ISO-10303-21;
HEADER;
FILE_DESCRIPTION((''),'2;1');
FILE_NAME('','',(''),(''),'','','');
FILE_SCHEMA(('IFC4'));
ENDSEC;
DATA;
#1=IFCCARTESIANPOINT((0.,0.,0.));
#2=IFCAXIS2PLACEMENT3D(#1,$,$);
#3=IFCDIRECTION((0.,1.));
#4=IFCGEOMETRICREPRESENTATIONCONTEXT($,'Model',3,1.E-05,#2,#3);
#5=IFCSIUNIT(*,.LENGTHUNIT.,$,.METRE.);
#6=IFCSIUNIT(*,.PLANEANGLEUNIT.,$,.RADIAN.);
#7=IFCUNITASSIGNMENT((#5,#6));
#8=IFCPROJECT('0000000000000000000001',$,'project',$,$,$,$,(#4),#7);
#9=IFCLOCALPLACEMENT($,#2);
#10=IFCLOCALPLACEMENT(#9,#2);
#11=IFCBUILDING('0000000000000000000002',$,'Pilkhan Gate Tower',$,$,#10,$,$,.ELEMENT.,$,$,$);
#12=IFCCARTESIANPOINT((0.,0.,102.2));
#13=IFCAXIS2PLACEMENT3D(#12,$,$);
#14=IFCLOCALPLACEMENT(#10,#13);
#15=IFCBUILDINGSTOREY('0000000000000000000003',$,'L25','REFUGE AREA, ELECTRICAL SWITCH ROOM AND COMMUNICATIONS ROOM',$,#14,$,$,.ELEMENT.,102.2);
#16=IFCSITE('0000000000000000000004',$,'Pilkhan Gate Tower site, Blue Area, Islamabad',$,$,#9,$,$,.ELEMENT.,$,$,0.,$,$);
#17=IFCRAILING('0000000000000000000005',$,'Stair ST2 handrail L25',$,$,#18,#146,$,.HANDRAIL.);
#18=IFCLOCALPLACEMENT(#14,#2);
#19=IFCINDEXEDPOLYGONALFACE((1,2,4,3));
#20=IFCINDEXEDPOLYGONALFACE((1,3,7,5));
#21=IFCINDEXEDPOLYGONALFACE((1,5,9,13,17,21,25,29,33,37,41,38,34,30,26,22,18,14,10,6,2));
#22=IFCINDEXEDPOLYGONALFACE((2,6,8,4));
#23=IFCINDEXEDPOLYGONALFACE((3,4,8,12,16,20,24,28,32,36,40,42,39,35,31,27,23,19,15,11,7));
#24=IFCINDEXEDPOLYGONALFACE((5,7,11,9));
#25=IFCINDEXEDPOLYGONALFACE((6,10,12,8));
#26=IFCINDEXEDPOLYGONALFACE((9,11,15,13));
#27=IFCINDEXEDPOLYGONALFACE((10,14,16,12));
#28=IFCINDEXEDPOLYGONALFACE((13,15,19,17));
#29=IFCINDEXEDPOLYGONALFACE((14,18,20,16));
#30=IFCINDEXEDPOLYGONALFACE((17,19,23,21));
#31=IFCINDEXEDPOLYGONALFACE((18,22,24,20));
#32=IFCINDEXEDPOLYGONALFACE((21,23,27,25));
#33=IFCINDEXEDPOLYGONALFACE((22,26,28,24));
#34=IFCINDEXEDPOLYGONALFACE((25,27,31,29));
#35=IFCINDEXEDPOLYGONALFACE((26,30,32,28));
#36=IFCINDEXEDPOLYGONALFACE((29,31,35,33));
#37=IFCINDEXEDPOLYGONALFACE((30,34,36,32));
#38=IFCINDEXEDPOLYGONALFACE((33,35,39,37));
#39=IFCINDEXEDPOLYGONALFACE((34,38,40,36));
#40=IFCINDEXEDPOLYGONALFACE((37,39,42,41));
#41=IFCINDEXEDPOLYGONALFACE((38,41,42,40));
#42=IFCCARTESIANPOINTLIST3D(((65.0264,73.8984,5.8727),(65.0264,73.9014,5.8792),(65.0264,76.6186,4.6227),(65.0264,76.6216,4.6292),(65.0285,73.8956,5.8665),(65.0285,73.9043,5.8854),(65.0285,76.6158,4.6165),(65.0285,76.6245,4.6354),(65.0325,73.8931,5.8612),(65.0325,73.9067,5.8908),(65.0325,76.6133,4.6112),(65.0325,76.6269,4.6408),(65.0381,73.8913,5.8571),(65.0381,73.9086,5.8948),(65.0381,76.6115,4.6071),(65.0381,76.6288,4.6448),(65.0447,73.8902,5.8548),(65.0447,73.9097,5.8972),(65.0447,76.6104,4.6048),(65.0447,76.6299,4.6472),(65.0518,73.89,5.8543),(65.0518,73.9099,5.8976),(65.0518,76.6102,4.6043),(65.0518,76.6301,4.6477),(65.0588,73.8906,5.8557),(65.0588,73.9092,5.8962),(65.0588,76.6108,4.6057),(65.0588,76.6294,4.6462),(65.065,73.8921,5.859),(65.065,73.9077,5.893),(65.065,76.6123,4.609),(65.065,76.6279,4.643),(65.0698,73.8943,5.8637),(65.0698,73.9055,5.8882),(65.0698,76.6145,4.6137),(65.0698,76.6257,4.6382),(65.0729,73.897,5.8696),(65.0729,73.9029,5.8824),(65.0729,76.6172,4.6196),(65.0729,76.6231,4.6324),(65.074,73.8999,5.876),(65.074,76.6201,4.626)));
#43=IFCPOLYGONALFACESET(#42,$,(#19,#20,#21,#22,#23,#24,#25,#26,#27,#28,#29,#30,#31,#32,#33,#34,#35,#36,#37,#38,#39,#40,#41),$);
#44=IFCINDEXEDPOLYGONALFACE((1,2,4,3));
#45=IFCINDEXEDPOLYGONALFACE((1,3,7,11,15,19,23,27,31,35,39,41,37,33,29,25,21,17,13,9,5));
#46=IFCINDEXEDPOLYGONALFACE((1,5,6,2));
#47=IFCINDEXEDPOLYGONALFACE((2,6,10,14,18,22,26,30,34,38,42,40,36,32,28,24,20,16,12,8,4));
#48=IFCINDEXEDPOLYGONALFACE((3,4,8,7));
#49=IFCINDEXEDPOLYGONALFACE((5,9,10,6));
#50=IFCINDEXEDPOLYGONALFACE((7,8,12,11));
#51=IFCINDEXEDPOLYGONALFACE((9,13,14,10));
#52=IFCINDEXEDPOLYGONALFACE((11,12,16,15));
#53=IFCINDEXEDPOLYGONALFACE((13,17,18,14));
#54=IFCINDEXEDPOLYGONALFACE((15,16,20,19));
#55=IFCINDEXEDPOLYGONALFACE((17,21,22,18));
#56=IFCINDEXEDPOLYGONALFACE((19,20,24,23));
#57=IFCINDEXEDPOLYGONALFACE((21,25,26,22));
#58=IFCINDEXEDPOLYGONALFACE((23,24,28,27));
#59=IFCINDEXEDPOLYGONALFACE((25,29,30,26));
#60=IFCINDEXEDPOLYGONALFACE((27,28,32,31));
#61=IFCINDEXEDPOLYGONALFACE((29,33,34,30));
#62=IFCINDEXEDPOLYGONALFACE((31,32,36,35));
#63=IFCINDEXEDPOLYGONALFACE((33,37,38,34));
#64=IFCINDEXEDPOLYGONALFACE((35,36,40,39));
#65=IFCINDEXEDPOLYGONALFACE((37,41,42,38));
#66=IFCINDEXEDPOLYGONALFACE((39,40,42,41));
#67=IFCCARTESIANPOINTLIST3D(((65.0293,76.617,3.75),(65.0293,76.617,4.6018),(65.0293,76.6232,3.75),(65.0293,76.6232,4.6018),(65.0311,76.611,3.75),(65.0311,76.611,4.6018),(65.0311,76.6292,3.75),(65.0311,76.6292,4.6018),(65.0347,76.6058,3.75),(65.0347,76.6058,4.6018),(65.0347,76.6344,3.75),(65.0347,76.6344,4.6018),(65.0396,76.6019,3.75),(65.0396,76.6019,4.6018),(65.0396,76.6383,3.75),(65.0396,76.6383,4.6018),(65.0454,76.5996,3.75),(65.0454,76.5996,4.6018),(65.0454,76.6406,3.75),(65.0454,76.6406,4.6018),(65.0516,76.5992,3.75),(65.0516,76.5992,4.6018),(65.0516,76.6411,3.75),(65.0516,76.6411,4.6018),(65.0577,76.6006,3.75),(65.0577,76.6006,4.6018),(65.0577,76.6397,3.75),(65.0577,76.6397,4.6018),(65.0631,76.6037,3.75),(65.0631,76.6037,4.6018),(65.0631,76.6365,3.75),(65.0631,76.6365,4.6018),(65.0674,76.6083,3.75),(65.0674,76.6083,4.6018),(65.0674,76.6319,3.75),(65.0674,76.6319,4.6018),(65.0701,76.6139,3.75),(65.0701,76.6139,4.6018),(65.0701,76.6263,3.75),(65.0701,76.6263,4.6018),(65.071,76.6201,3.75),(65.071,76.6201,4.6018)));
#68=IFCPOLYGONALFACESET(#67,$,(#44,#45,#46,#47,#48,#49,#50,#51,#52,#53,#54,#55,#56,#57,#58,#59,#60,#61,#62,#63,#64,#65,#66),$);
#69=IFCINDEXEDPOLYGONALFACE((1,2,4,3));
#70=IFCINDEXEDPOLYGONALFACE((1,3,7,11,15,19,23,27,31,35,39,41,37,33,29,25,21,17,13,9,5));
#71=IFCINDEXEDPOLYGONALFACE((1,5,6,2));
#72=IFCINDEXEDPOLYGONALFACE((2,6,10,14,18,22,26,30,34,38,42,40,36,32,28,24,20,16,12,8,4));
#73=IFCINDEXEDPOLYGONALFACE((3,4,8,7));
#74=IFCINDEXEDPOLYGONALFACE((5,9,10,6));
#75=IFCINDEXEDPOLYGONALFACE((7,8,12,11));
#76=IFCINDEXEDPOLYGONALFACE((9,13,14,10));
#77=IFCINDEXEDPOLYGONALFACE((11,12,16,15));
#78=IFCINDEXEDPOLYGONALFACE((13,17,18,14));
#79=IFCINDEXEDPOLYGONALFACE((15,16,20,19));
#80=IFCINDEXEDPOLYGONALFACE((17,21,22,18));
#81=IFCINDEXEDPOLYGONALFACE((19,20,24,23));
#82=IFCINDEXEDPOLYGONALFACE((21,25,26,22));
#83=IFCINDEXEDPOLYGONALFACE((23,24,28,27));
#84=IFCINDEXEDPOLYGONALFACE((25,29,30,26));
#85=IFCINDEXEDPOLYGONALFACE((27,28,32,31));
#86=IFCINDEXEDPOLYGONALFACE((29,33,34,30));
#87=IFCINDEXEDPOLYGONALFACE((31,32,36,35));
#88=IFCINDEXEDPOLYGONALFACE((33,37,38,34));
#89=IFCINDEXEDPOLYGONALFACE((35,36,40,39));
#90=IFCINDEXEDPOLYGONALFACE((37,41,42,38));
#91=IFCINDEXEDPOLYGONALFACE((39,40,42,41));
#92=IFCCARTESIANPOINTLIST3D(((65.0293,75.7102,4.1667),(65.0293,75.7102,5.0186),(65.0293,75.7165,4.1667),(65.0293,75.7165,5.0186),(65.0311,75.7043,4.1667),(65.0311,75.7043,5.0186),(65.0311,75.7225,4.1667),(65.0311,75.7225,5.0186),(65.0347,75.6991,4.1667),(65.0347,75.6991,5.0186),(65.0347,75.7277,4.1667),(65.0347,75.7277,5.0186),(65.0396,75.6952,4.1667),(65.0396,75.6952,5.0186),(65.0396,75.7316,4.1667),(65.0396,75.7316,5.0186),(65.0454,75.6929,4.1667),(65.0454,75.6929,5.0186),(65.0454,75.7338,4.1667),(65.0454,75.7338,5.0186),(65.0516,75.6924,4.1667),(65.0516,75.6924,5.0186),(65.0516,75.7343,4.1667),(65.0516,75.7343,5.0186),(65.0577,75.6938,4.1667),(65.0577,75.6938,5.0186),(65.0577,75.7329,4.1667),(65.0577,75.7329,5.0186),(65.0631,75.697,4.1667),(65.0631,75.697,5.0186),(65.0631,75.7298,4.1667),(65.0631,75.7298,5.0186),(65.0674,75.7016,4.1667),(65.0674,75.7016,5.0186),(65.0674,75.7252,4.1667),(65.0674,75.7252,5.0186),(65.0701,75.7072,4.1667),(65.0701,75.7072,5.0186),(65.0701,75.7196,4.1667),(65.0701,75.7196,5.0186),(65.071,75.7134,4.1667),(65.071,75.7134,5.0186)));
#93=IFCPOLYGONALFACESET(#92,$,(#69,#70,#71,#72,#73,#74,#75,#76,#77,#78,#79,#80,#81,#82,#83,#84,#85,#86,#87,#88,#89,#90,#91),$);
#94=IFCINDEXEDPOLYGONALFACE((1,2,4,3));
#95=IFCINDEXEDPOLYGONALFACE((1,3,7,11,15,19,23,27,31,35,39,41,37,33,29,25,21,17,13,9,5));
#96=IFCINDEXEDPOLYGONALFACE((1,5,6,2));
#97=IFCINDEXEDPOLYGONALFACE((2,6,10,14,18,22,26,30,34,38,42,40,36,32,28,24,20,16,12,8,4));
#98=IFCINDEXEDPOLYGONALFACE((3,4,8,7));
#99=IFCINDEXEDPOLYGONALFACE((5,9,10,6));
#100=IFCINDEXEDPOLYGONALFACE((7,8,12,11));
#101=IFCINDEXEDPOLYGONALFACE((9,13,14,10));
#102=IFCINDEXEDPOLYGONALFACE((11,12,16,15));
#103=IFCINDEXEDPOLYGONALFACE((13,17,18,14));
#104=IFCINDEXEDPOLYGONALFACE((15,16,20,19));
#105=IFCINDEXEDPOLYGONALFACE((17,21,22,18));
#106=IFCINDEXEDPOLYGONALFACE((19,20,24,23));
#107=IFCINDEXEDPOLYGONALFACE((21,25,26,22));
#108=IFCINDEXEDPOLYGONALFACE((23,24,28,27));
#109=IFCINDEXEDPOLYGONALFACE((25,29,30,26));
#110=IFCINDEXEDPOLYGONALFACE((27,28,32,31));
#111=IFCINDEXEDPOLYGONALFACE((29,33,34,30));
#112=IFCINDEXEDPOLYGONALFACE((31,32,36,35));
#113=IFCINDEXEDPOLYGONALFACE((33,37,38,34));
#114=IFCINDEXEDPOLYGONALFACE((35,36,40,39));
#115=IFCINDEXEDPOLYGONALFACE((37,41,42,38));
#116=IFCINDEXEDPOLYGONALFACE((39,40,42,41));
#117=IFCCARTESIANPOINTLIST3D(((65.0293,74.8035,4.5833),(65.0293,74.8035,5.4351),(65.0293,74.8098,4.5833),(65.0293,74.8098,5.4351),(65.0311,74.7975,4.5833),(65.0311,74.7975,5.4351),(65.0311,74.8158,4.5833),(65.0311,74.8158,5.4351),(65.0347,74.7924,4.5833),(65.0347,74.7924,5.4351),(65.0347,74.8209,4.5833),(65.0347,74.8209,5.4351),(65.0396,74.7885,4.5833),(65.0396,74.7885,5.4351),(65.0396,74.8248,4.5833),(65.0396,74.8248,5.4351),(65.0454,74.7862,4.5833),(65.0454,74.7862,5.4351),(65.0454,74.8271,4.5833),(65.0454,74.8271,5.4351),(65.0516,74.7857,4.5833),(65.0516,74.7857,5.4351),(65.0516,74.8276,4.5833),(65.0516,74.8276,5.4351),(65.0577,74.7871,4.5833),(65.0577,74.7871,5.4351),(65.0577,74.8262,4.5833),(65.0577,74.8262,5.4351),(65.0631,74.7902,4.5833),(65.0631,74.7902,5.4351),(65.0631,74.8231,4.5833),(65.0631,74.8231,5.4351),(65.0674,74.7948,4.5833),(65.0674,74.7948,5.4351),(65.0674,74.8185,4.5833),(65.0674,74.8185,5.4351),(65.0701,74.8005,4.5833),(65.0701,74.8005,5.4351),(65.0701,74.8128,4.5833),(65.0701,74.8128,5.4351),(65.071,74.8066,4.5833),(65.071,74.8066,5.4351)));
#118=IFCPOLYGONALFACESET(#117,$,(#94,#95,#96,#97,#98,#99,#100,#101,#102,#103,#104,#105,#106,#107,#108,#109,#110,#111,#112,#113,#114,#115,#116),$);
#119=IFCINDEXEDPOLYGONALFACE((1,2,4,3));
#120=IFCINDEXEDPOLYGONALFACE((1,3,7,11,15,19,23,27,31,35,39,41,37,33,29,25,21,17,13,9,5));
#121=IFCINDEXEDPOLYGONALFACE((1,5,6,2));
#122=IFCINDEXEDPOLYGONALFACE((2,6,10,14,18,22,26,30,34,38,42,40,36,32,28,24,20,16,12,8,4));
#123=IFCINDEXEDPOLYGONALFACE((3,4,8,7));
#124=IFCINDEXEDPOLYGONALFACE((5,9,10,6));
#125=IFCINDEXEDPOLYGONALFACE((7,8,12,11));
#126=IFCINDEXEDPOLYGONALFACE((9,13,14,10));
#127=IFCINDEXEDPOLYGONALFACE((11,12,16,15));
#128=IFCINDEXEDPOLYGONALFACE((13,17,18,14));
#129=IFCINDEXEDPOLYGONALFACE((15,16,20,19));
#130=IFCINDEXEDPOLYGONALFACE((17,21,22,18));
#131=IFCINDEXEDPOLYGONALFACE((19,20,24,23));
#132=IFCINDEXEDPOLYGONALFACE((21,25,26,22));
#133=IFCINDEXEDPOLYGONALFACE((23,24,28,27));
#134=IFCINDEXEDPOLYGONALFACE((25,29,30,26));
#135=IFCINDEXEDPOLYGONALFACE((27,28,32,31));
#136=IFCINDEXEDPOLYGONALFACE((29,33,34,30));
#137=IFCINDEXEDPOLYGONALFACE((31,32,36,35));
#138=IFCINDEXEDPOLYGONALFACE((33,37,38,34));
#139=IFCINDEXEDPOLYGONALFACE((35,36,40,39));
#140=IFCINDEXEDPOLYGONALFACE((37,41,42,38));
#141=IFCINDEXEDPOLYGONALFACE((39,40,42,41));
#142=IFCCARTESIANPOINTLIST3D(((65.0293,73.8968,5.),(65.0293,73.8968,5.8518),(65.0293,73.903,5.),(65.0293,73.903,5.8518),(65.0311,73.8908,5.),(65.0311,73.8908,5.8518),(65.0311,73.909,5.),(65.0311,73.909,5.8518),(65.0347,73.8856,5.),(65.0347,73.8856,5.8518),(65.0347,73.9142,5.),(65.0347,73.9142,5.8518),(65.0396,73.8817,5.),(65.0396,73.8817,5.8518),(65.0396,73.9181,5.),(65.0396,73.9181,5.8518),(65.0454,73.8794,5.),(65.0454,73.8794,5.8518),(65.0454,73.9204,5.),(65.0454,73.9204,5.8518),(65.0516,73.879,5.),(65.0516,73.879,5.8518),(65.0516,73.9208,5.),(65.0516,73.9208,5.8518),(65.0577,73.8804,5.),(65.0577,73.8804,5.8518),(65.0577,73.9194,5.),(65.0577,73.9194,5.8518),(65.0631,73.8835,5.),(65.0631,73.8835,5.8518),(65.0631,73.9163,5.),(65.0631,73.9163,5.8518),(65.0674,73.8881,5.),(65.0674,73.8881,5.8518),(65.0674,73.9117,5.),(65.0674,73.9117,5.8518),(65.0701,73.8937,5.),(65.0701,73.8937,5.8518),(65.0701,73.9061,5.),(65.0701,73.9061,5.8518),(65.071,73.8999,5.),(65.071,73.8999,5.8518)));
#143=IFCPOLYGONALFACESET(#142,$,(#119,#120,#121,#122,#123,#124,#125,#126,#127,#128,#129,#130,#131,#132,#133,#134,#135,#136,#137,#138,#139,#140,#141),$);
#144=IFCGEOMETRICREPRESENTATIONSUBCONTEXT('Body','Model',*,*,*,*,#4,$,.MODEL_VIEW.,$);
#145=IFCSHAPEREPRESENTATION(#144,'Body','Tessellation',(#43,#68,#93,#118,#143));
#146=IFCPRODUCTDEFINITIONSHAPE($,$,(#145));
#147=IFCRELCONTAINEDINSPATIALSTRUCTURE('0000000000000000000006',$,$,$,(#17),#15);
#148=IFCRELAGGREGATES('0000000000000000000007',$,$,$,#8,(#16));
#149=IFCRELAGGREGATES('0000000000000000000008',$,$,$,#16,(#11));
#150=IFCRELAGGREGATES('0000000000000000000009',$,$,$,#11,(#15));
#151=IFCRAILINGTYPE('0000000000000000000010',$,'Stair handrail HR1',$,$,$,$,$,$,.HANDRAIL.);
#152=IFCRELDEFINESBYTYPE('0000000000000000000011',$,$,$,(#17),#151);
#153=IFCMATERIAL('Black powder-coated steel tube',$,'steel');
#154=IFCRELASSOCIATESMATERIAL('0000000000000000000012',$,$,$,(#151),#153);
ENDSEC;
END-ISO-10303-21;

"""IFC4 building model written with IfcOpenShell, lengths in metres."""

from ifc_helpers import new_model, si_unit, direction, frame, origin, origin_2d, place, context, subcontext, project, spatial, circle, extrude, material, type_object, element, save


model = new_model("IFC4")

# Units and contexts
model_context = context("Model", 3, precision=1e-05, world=origin(), true_north=direction((0.0, 1.0)))
body_context = subcontext(model_context, "Body", "Model", "MODEL_VIEW")
ifc_project = project(units=[si_unit("LENGTHUNIT", "METRE"), si_unit("PLANEANGLEUNIT", "RADIAN")], contexts=[model_context])

# Site, building, storey
site_placement = place(None, origin())
site = spatial("IfcSite", under=ifc_project, at=site_placement, Name="Pilkhan Gate Tower site, Blue Area, Islamabad", CompositionType="ELEMENT", RefElevation=0.0)
building_placement = place(site_placement, origin())
building = spatial("IfcBuilding", under=site, at=building_placement, Name="Pilkhan Gate Tower", CompositionType="ELEMENT")
storey_placement = place(building_placement, frame((0.0, 0.0, 102.2)))
storey = spatial("IfcBuildingStorey", under=building, at=storey_placement, Name="L25", Description="REFUGE AREA, ELECTRICAL SWITCH ROOM AND COMMUNICATIONS ROOM", CompositionType="ELEMENT", Elevation=102.2)

# Railing
ifc_material_1 = material(Name="Black powder-coated steel tube", Category="steel")
railing_type_1 = type_object("IfcRailingType", Name="Stair handrail HR1", PredefinedType="HANDRAIL", material=ifc_material_1)
railing_1_placement = place(storey_placement, frame((65.05, 76.6201, 3.75)))
element("IfcRailing", 1, at=railing_1_placement, inside=storey, type_object=railing_type_1, Name="Stair ST2 handrail L25", PredefinedType="HANDRAIL", context=body_context, shape_type="SweptSolid", body=[
    extrude(circle(Radius=0.0239, at=origin_2d()), frame((0.0, 0.0, 0.876), z_axis=(0.0, -0.908655, 0.417547), x_axis=(1.0, 0.0, 0.0)), (0.0, 0.0, 1.0), 2.9937),
    extrude(circle(Radius=0.021, at=origin_2d()), origin(), (0.0, 0.0, 1.0), 0.8518),
    extrude(circle(Radius=0.021, at=origin_2d()), frame((0.0, -0.9067, 0.4167)), (0.0, 0.0, 1.0), 0.8518),
    extrude(circle(Radius=0.021, at=origin_2d()), frame((0.0, -1.8135, 0.8333)), (0.0, 0.0, 1.0), 0.8518),
    extrude(circle(Radius=0.021, at=origin_2d()), frame((0.0, -2.7202, 1.25)), (0.0, 0.0, 1.0), 0.8518),
])

save(model, "model.ifc")
